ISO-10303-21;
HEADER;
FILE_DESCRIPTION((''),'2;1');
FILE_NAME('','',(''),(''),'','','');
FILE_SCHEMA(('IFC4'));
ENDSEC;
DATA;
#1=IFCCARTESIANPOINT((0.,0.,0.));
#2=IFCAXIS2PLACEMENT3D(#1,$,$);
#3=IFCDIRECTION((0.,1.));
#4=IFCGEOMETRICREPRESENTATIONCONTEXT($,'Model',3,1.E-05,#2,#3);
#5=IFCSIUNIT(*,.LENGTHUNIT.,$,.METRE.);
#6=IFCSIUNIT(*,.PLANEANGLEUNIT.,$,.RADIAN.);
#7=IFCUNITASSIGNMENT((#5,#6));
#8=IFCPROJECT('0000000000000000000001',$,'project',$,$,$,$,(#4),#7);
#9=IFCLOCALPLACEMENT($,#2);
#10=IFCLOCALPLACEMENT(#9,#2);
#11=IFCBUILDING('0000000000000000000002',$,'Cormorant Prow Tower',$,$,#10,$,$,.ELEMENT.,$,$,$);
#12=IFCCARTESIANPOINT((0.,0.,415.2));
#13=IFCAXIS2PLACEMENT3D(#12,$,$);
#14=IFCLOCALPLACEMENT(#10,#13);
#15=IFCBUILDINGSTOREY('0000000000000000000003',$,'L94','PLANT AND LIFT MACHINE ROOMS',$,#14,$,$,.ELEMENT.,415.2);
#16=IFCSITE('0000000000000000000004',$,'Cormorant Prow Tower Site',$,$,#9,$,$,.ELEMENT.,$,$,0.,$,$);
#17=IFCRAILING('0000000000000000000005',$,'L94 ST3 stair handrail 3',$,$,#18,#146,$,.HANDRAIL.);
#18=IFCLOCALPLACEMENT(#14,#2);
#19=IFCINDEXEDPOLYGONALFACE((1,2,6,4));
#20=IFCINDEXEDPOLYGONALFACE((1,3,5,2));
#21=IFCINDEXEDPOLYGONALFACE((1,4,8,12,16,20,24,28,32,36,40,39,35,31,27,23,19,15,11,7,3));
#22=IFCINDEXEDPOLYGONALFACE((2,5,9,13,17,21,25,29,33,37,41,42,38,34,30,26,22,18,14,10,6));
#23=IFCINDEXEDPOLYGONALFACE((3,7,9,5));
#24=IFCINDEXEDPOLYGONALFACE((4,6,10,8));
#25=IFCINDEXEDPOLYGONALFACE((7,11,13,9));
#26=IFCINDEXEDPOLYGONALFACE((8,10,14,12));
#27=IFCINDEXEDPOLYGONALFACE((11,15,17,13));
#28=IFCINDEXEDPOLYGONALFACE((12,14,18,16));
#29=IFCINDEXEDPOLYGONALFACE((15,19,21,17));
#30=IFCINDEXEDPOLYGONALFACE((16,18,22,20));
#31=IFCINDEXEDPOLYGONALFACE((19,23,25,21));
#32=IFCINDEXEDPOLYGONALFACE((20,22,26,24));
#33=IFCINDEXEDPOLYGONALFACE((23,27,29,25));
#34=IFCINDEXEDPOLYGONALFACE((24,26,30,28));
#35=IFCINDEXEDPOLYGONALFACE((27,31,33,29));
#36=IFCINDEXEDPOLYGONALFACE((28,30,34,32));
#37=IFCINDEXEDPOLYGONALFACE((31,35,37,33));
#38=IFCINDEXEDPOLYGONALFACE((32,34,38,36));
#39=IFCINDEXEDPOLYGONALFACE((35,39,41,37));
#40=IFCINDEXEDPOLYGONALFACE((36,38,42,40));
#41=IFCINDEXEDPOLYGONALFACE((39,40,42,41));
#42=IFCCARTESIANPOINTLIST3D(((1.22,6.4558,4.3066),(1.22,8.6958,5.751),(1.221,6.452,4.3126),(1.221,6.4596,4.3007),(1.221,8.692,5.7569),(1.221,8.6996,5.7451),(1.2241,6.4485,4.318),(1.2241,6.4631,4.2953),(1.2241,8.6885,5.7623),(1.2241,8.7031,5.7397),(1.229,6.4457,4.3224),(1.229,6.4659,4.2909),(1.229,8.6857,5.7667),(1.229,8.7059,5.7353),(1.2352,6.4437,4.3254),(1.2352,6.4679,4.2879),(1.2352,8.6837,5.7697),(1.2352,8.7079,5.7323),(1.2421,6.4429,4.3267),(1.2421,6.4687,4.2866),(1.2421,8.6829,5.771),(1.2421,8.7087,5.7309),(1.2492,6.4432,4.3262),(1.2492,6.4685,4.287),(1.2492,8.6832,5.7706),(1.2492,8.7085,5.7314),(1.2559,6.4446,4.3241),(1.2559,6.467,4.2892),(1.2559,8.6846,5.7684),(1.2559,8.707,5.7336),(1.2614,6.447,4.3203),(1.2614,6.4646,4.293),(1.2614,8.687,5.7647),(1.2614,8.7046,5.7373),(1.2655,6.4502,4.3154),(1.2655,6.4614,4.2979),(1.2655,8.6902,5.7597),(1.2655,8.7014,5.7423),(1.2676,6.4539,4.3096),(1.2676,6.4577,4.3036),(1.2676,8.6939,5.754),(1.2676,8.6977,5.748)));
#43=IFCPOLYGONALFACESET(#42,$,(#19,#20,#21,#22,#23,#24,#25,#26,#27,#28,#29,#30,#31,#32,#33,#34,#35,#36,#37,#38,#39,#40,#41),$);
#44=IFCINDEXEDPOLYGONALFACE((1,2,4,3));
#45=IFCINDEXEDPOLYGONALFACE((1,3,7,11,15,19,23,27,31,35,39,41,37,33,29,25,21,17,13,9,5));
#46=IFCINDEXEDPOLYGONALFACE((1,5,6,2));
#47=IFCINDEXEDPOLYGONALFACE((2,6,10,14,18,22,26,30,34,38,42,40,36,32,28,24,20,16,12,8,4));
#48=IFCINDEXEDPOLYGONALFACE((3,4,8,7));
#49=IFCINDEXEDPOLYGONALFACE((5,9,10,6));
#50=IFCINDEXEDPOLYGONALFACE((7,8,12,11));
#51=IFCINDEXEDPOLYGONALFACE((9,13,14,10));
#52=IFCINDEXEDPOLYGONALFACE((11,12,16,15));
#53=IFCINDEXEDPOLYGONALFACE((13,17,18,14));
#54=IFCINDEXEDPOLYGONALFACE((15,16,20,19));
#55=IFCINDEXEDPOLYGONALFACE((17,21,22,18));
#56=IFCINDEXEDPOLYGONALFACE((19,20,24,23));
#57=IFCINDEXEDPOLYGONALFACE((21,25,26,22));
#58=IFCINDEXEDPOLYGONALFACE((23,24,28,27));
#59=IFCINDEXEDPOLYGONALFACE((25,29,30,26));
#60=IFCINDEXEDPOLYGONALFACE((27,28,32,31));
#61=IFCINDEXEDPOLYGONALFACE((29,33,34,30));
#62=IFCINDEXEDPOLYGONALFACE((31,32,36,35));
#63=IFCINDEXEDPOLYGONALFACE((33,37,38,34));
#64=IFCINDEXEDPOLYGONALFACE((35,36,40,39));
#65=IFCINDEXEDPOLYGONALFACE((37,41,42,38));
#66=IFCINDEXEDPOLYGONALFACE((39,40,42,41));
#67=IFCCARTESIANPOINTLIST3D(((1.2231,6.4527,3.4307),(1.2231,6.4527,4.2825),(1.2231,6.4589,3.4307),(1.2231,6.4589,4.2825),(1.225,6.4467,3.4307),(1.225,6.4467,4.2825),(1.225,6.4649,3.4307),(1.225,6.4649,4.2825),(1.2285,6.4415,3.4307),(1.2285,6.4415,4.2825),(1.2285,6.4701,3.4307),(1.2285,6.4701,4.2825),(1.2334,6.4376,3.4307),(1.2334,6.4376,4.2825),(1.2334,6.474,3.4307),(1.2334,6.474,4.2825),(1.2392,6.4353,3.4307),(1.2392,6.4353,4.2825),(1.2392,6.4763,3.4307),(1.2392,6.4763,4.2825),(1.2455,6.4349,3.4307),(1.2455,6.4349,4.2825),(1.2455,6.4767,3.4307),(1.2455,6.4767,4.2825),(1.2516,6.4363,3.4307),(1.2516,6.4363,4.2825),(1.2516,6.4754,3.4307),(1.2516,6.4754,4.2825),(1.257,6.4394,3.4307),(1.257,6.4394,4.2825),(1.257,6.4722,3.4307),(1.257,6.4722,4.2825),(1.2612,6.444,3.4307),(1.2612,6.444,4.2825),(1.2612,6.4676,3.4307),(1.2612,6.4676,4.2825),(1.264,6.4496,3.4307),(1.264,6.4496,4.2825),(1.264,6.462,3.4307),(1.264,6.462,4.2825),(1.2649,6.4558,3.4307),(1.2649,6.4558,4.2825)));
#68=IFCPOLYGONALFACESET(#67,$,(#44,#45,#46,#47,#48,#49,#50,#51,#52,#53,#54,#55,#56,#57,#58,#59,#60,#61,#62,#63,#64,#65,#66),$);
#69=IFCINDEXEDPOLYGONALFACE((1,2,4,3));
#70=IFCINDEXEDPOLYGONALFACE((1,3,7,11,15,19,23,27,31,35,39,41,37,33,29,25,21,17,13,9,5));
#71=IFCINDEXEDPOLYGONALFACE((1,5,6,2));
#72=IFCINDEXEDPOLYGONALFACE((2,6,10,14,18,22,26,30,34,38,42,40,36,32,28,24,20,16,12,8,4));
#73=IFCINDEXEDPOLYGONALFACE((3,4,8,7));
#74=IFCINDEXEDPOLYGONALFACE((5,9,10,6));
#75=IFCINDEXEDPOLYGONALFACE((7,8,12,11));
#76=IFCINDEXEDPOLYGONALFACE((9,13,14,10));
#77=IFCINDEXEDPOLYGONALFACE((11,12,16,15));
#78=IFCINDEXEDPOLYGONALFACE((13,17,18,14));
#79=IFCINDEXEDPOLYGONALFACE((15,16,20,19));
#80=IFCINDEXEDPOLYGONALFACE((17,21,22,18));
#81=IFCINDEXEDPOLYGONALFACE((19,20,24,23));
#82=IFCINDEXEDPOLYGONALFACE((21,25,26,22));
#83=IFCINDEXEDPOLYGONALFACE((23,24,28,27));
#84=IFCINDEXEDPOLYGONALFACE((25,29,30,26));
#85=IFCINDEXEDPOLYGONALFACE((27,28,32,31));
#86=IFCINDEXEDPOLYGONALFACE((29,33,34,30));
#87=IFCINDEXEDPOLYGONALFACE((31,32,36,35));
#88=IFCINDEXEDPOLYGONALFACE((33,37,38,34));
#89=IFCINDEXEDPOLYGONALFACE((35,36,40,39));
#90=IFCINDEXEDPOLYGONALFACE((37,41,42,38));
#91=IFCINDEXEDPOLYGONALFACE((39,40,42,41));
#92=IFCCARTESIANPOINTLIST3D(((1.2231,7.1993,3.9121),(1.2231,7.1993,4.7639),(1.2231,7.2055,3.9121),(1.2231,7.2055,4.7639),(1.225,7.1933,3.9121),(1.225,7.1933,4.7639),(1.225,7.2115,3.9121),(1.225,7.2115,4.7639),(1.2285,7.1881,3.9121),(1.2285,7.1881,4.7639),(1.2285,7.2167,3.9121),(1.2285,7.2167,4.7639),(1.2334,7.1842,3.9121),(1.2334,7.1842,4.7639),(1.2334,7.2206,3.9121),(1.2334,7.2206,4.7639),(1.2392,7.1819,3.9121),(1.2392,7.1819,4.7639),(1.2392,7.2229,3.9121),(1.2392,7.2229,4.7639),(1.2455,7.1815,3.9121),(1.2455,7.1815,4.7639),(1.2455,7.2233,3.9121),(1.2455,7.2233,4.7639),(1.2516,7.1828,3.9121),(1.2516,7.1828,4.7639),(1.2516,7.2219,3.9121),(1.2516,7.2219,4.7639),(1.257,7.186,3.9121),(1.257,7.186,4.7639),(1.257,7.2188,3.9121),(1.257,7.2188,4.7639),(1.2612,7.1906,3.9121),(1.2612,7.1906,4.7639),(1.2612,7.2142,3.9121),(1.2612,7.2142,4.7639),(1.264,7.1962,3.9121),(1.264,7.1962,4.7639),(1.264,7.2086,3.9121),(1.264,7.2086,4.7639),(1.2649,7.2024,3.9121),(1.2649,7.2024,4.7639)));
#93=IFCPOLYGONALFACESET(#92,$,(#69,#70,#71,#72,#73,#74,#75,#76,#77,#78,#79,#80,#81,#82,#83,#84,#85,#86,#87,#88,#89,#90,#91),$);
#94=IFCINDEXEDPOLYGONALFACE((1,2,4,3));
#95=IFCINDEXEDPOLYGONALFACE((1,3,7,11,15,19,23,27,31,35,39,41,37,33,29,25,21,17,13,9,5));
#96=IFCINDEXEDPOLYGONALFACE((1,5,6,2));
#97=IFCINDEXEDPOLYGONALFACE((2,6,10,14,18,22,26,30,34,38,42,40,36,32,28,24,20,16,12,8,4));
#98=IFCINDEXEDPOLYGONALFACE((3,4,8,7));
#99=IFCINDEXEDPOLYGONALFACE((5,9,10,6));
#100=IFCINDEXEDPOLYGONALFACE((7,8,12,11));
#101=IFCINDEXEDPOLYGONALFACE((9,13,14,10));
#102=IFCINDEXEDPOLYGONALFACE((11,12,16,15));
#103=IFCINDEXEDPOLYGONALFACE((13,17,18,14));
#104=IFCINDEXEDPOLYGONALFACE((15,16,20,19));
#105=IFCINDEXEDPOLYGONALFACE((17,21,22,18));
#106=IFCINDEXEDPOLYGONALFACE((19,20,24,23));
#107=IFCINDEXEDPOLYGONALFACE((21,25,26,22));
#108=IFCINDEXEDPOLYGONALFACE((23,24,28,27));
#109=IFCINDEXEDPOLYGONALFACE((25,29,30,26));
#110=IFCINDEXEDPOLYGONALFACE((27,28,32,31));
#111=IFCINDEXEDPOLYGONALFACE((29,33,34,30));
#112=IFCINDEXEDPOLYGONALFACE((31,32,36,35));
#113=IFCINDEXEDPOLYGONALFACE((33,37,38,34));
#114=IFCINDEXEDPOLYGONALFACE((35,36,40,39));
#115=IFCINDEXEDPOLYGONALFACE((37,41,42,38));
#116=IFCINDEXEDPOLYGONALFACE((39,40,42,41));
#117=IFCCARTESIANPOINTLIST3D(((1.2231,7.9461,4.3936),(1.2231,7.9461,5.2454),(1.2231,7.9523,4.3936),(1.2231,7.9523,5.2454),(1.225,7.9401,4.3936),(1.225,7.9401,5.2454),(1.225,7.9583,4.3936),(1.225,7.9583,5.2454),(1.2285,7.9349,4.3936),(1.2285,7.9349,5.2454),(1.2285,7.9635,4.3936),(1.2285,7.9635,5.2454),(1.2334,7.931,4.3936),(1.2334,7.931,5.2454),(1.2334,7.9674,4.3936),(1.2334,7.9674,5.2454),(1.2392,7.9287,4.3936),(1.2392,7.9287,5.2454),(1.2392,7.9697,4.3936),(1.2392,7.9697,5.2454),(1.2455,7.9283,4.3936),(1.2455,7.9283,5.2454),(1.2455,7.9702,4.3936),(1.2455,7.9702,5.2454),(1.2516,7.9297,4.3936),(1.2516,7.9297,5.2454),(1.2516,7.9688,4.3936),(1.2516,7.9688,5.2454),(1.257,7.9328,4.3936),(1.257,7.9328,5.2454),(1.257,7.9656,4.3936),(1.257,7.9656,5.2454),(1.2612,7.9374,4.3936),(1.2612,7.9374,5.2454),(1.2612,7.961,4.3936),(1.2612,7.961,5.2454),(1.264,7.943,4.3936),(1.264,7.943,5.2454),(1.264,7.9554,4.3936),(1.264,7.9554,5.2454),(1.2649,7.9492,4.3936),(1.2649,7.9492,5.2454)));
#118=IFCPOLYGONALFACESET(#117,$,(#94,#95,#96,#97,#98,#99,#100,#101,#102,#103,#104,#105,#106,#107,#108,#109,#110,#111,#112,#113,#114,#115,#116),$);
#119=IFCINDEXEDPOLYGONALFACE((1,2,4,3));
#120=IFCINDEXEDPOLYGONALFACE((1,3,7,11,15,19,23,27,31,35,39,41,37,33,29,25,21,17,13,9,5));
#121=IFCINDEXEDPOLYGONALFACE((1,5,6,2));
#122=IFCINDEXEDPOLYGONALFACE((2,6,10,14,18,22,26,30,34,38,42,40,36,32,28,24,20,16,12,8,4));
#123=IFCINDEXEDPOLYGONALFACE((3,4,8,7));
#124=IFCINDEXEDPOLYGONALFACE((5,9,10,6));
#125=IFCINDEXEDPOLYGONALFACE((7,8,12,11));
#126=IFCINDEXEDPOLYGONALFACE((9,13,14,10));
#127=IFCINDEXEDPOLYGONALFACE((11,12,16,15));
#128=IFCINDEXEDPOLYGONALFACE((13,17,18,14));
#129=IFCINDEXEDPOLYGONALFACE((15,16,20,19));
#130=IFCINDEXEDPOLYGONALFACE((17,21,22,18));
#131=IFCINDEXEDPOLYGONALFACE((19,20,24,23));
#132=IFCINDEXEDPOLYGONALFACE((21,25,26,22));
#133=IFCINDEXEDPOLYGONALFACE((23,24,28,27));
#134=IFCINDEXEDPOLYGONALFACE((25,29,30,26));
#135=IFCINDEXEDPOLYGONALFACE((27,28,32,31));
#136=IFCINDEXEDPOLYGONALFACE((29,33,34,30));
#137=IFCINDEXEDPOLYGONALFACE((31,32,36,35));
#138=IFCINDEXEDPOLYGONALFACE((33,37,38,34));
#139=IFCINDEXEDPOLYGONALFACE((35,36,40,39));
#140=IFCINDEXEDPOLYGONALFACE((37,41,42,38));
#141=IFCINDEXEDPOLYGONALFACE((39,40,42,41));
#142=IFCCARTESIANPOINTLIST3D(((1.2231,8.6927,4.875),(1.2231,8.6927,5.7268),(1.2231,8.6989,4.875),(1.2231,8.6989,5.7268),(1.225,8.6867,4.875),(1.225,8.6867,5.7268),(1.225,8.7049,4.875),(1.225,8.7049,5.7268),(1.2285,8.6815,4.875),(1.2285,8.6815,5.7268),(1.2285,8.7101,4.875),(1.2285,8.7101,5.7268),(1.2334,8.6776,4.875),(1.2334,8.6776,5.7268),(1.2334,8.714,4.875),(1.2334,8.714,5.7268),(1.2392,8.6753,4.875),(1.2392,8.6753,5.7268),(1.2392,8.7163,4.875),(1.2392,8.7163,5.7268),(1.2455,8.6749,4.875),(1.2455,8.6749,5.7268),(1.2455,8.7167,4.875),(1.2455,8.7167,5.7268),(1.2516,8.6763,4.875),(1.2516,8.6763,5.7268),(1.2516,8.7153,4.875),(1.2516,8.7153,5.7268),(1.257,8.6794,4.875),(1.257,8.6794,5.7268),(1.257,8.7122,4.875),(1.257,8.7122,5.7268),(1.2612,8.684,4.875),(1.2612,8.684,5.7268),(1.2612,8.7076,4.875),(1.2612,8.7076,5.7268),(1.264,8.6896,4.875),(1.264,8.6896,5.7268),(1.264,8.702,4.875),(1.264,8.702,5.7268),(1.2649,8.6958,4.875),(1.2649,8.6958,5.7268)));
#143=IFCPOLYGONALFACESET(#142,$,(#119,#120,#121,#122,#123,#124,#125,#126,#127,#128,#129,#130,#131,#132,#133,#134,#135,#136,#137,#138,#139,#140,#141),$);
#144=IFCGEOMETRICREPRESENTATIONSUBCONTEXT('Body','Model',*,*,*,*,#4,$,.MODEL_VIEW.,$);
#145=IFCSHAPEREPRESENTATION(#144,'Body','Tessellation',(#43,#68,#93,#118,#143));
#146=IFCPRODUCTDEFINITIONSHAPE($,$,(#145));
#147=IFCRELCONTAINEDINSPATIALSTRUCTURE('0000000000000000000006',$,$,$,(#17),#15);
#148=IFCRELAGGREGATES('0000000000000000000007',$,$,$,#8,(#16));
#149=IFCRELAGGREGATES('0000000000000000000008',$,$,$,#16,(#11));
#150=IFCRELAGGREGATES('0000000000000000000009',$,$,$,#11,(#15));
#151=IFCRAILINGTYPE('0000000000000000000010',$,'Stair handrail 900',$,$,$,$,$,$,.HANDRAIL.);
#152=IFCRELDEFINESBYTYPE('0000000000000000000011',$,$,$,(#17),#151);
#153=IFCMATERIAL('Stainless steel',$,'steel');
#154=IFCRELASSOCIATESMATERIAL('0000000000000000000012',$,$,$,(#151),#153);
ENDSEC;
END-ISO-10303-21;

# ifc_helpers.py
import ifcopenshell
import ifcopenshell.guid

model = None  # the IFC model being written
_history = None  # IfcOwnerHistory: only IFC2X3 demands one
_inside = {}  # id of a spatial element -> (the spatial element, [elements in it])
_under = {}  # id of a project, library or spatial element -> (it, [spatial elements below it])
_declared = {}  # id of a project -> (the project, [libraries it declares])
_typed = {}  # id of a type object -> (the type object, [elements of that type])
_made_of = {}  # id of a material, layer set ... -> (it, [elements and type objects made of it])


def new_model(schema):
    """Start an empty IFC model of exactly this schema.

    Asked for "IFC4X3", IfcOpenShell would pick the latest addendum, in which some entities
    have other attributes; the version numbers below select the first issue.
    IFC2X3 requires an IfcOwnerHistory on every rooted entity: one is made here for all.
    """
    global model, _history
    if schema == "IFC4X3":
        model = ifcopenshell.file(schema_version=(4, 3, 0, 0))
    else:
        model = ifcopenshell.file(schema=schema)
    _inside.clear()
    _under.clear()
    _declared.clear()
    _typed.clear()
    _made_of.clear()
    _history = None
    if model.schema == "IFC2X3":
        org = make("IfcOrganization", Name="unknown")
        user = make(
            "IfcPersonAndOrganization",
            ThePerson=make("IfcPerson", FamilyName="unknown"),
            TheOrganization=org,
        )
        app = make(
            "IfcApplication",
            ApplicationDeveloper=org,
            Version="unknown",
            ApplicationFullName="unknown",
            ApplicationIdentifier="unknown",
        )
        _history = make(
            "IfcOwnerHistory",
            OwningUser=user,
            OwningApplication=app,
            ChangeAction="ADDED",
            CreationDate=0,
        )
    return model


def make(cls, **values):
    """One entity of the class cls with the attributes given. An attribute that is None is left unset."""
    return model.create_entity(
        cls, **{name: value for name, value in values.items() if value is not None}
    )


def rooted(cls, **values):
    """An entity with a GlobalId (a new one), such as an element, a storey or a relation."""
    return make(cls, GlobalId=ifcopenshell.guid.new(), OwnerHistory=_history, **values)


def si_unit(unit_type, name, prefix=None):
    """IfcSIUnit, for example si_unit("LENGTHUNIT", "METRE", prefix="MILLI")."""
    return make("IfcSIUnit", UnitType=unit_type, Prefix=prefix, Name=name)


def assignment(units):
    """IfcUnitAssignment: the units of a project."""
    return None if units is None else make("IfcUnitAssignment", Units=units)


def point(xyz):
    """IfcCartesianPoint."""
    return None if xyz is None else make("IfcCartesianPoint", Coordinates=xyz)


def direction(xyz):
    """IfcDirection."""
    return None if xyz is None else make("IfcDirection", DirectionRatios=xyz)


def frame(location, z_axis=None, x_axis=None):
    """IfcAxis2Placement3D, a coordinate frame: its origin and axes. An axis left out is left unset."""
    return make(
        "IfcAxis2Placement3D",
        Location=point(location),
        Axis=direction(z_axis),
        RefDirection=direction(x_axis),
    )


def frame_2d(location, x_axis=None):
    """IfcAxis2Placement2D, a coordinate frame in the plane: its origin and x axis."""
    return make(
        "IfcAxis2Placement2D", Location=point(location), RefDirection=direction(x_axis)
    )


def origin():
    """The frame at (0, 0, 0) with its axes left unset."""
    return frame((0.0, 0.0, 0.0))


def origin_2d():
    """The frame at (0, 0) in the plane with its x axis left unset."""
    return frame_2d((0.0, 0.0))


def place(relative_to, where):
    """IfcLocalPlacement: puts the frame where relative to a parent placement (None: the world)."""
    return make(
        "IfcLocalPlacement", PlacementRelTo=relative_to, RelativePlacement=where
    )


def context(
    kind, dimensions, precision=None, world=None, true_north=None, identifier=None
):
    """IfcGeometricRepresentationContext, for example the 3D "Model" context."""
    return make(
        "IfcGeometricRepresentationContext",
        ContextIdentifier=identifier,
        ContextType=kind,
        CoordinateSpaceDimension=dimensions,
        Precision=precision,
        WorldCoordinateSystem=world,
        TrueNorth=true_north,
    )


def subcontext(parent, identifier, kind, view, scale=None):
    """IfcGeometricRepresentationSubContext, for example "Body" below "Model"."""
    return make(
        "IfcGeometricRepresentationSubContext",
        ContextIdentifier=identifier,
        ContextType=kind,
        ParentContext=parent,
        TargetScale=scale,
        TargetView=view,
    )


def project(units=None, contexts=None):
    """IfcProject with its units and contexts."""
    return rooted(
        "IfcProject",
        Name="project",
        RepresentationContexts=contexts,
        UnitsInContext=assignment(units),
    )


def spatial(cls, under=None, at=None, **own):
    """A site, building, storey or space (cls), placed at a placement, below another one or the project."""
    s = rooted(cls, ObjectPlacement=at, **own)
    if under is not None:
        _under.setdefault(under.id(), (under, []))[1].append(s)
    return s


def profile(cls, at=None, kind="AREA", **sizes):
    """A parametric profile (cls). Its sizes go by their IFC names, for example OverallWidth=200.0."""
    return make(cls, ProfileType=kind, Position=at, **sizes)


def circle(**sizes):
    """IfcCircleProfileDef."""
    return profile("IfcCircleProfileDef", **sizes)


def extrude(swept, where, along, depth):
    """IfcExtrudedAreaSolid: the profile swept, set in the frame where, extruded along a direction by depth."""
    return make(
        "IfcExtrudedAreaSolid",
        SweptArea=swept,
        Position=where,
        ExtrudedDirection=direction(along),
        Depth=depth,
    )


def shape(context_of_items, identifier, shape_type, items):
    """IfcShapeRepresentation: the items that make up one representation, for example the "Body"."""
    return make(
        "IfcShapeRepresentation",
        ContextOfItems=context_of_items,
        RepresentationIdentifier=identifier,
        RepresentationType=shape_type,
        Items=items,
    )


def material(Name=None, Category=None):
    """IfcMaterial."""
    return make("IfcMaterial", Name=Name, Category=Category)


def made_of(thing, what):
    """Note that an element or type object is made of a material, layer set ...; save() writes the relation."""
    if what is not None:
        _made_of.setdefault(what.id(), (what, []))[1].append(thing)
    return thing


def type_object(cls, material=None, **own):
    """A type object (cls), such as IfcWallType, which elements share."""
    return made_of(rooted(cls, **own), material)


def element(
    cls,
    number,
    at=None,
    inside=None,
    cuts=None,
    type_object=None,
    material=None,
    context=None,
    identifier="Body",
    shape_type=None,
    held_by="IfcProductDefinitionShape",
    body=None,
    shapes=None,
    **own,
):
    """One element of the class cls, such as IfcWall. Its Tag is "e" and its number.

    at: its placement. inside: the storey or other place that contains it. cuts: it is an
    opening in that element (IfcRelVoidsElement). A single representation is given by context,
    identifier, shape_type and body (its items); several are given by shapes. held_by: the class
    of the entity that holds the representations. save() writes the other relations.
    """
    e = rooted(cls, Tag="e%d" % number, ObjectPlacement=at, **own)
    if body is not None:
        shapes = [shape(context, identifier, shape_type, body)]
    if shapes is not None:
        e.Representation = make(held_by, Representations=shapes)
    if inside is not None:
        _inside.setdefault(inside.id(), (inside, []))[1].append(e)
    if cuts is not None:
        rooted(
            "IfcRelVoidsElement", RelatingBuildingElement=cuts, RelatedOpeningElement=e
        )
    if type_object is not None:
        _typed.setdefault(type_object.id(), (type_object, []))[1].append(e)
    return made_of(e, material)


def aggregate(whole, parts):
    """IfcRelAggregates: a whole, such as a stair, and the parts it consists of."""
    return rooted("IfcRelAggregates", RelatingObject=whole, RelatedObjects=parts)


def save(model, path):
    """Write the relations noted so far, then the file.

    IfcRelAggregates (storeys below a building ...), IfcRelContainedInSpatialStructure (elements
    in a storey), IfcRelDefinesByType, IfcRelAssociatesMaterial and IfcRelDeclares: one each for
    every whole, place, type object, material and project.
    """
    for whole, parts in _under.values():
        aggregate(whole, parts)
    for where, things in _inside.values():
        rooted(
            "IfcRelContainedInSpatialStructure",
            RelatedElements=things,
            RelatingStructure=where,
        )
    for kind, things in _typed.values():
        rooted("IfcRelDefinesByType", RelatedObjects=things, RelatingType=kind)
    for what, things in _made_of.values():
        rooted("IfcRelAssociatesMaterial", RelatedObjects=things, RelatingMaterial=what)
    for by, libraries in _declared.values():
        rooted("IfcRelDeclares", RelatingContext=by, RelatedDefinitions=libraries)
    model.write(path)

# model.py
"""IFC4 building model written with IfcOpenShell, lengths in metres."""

from ifc_helpers import new_model, si_unit, direction, frame, origin, origin_2d, place, context, subcontext, project, spatial, circle, extrude, material, type_object, element, save


model = new_model("IFC4")

# Units and contexts
model_context = context("Model", 3, precision=1e-05, world=origin(), true_north=direction((0.0, 1.0)))
body_context = subcontext(model_context, "Body", "Model", "MODEL_VIEW")
ifc_project = project(units=[si_unit("LENGTHUNIT", "METRE"), si_unit("PLANEANGLEUNIT", "RADIAN")], contexts=[model_context])

# Site, building, storey
site_placement = place(None, origin())
site = spatial("IfcSite", under=ifc_project, at=site_placement, Name="Cormorant Prow Tower Site", CompositionType="ELEMENT", RefElevation=0.0)
building_placement = place(site_placement, origin())
building = spatial("IfcBuilding", under=site, at=building_placement, Name="Cormorant Prow Tower", CompositionType="ELEMENT")
storey_placement = place(building_placement, frame((0.0, 0.0, 415.2)))
storey = spatial("IfcBuildingStorey", under=building, at=storey_placement, Name="L94", Description="PLANT AND LIFT MACHINE ROOMS", CompositionType="ELEMENT", Elevation=415.2)

# Railing
ifc_material_1 = material(Name="Stainless steel", Category="steel")
railing_type_1 = type_object("IfcRailingType", Name="Stair handrail 900", PredefinedType="HANDRAIL", material=ifc_material_1)
for number, where, name in (
    (1, (1.2439, 6.4558, 3.4307), "L94 ST3 stair handrail 3"),
):
    element("IfcRailing", number, at=place(storey_placement, frame(where)), inside=storey, type_object=railing_type_1, Name=name, PredefinedType="HANDRAIL", context=body_context, shape_type="SweptSolid", body=[
        extrude(circle(Radius=0.0239, at=origin_2d()), frame((0.0, 0.0, 0.876), z_axis=(0.0, 0.840437, 0.54191), x_axis=(-1.0, 0.0, 0.0)), (0.0, 0.0, 1.0), 2.6653),
        extrude(circle(Radius=0.021, at=origin_2d()), origin(), (0.0, 0.0, 1.0), 0.8518),
        extrude(circle(Radius=0.021, at=origin_2d()), frame((0.0, 0.7466, 0.4814)), (0.0, 0.0, 1.0), 0.8518),
        extrude(circle(Radius=0.021, at=origin_2d()), frame((0.0, 1.4934, 0.9629)), (0.0, 0.0, 1.0), 0.8518),
        extrude(circle(Radius=0.021, at=origin_2d()), frame((0.0, 2.24, 1.4443)), (0.0, 0.0, 1.0), 0.8518),
    ])

save(model, "model.ifc")
